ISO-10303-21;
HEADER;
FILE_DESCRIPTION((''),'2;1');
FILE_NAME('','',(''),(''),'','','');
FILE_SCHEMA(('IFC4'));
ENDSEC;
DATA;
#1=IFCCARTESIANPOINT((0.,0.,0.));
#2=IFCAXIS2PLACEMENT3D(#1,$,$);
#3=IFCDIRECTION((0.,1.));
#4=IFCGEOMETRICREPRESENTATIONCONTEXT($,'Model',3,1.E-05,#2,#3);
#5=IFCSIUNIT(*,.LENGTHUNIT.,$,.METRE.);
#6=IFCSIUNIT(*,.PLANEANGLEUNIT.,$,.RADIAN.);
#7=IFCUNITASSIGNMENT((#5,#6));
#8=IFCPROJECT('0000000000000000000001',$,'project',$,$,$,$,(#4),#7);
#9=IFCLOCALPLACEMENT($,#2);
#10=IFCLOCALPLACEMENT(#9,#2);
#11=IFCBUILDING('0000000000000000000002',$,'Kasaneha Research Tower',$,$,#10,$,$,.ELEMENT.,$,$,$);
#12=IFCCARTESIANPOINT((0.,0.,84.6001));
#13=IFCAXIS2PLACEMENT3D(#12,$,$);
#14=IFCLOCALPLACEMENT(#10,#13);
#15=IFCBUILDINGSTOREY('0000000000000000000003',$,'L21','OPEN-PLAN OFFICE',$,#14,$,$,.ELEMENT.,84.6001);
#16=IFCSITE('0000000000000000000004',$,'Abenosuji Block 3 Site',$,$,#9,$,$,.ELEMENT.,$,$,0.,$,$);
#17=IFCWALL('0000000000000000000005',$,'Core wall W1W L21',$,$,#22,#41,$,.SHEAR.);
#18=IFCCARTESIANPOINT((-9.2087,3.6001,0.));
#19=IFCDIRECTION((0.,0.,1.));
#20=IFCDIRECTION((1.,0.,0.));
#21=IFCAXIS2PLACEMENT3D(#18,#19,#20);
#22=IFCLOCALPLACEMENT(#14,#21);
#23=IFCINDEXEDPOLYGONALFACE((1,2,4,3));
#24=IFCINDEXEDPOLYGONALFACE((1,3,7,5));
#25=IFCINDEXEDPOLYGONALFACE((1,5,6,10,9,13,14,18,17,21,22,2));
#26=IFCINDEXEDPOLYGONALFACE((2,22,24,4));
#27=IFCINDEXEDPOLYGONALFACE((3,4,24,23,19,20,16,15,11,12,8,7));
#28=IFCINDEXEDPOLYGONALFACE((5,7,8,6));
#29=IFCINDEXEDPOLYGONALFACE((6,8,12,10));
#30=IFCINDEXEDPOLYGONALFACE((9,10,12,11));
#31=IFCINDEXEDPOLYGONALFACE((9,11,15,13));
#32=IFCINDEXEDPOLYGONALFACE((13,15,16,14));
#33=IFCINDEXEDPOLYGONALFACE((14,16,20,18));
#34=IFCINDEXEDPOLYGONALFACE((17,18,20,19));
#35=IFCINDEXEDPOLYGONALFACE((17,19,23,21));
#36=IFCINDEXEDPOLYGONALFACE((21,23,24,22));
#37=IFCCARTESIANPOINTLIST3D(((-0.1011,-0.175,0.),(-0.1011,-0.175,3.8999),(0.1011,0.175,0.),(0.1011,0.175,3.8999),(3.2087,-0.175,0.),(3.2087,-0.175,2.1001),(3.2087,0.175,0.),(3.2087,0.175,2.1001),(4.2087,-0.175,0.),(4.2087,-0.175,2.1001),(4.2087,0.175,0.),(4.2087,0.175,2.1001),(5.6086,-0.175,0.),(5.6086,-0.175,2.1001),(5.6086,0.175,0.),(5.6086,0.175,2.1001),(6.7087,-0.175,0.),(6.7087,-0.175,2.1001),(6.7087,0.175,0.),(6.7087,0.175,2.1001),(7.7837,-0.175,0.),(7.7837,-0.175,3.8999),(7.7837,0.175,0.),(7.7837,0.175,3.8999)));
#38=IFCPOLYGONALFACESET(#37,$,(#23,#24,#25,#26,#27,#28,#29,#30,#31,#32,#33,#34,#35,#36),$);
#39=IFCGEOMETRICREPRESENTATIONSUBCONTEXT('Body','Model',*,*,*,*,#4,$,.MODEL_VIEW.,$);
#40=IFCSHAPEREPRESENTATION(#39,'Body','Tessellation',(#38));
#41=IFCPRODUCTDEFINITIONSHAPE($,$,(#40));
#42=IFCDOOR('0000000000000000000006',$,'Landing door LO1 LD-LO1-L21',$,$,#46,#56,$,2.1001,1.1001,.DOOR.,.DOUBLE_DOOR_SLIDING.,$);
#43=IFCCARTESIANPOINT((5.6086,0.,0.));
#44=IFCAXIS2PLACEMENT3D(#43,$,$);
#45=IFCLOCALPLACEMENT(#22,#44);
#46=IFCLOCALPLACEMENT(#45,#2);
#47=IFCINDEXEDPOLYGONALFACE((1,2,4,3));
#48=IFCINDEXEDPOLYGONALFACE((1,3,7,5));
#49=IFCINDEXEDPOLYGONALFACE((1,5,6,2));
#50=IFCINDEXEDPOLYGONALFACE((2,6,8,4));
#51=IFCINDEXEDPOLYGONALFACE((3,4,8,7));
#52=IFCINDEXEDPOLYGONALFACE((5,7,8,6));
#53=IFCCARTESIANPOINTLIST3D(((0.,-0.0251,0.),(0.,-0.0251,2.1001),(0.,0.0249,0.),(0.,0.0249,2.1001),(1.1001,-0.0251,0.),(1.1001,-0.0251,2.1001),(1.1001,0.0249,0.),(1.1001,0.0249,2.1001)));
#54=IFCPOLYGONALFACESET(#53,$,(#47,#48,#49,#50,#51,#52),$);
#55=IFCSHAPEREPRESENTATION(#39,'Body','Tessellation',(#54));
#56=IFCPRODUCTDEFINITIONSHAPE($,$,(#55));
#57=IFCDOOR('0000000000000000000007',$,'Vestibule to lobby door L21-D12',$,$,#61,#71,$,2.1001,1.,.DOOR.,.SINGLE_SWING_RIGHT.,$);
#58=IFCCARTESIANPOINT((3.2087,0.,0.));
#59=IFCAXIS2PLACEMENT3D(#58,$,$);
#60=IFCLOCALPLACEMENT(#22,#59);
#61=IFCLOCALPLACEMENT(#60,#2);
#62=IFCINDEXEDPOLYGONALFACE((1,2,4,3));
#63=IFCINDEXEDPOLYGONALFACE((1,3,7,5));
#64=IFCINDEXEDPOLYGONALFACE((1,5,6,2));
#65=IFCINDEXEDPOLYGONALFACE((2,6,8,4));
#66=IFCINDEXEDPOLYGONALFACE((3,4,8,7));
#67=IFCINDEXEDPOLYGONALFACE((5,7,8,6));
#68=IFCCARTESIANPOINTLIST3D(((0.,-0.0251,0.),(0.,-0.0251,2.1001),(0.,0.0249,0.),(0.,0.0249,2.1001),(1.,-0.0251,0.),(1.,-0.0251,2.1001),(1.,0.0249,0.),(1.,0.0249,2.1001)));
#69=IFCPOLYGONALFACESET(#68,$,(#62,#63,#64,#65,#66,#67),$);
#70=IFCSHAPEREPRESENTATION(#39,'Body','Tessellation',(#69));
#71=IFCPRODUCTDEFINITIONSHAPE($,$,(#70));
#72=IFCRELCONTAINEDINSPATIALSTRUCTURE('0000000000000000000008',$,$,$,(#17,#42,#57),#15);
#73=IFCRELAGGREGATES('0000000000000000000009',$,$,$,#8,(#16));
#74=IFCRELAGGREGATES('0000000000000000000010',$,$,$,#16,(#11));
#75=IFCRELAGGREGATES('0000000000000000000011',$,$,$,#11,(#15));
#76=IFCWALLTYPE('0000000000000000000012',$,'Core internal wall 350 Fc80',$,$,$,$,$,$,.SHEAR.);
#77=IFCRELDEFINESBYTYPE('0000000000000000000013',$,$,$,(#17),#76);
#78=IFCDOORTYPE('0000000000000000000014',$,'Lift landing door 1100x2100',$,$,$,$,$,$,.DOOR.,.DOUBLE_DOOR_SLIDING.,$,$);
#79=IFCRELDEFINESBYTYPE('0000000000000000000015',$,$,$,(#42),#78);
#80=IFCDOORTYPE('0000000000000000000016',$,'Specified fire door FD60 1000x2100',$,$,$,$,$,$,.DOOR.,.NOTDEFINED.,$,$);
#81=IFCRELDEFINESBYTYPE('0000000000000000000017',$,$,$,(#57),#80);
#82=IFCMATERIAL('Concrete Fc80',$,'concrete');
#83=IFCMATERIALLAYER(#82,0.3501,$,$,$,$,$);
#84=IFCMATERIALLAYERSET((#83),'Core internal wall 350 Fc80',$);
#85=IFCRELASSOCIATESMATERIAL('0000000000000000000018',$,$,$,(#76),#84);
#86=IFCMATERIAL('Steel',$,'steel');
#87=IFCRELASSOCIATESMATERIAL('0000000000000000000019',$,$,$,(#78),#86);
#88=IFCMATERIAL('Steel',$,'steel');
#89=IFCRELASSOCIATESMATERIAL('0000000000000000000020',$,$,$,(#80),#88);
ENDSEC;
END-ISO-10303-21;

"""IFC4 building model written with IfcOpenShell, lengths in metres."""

from ifc_helpers import new_model, si_unit, direction, frame, frame_2d, origin, place, context, subcontext, project, spatial, polyline, rectangle, outline, extrude, material, layer, layer_set, type_object, element, fill, save


model = new_model("IFC4")

# Units and contexts
model_context = context("Model", 3, precision=1e-05, world=origin(), true_north=direction((0.0, 1.0)))
body_context = subcontext(model_context, "Body", "Model", "MODEL_VIEW")
ifc_project = project(units=[si_unit("LENGTHUNIT", "METRE"), si_unit("PLANEANGLEUNIT", "RADIAN")], contexts=[model_context])

# Site, building, storey
site_placement = place(None, origin())
site = spatial("IfcSite", under=ifc_project, at=site_placement, Name="Abenosuji Block 3 Site", CompositionType="ELEMENT", RefElevation=0.0)
building_placement = place(site_placement, origin())
building = spatial("IfcBuilding", under=site, at=building_placement, Name="Kasaneha Research Tower", CompositionType="ELEMENT")
storey_placement = place(building_placement, frame((0.0, 0.0, 84.6001)))
storey = spatial("IfcBuildingStorey", under=building, at=storey_placement, Name="L21", Description="OPEN-PLAN OFFICE", CompositionType="ELEMENT", Elevation=84.6001)

# Wall, openings, doors
ifc_material_1 = material(Name="Concrete Fc80", Category="concrete")
ifc_layer_1 = layer(ifc_material_1, 0.3501)
ifc_layer_set_1 = layer_set([ifc_layer_1], Name="Core internal wall 350 Fc80")
wall_type_1 = type_object("IfcWallType", Name="Core internal wall 350 Fc80", PredefinedType="SHEAR", material=ifc_layer_set_1)
wall_1_placement = place(storey_placement, frame((-9.2087, 3.6001, 0.0), z_axis=(0.0, 0.0, 1.0), x_axis=(1.0, 0.0, 0.0)))
wall_1 = element("IfcWall", 1, at=wall_1_placement, inside=storey, type_object=wall_type_1, Name="Core wall W1W L21", PredefinedType="SHEAR", context=body_context, shape_type="SweptSolid", body=[
    extrude(outline(polyline([(-0.1011, -0.175), (3.2087, -0.175), (4.2087, -0.175), (5.6086, -0.175), (6.7087, -0.175), (7.7837, -0.175), (7.7837, 0.175), (6.7087, 0.175), (5.6086, 0.175), (4.2087, 0.175), (3.2087, 0.175), (0.1011, 0.175), (-0.1011, -0.175)])), origin(), (0.0, 0.0, 1.0), 3.8999),
])
opening_1_placement = place(wall_1_placement, frame((3.2087, 0.0, 0.0)))
opening_1 = element("IfcOpeningElement", 2, at=opening_1_placement, cuts=wall_1, PredefinedType="OPENING", context=body_context, shape_type="SweptSolid", body=[
    extrude(rectangle(XDim=1.0, YDim=2.1001, at=frame_2d((0.5, 1.05))), frame((0.0, 0.1851, 0.0), z_axis=(0.0, -1.0, 0.0), x_axis=(1.0, 0.0, 0.0)), (0.0, 0.0, 1.0), 0.3701),
])
opening_2_placement = place(wall_1_placement, frame((5.6086, 0.0, 0.0)))
opening_2 = element("IfcOpeningElement", 3, at=opening_2_placement, cuts=wall_1, PredefinedType="OPENING", context=body_context, shape_type="SweptSolid", body=[
    extrude(rectangle(XDim=1.1001, YDim=2.1001, at=frame_2d((0.55, 1.05))), frame((0.0, 0.1851, 0.0), z_axis=(0.0, -1.0, 0.0), x_axis=(1.0, 0.0, 0.0)), (0.0, 0.0, 1.0), 0.3701),
])
ifc_material_2 = material(Name="Steel", Category="steel")
door_type_1 = type_object("IfcDoorType", Name="Lift landing door 1100x2100", OperationType="DOUBLE_DOOR_SLIDING", PredefinedType="DOOR", material=ifc_material_2)
door_1_placement = place(opening_2_placement, origin())
door_1 = element("IfcDoor", 4, at=door_1_placement, inside=storey, type_object=door_type_1, Name="Landing door LO1 LD-LO1-L21", OperationType="DOUBLE_DOOR_SLIDING", OverallHeight=2.1001, OverallWidth=1.1001, PredefinedType="DOOR", context=body_context, shape_type="SweptSolid", body=[
    extrude(rectangle(XDim=1.1001, YDim=2.1001, at=frame_2d((0.55, 1.05))), frame((0.0, 0.0249, 0.0), z_axis=(0.0, -1.0, 0.0), x_axis=(1.0, 0.0, 0.0)), (0.0, 0.0, 1.0), 0.05),
])
fill(opening_2, door_1)
ifc_material_3 = material(Name="Steel", Category="steel")
door_type_2 = type_object("IfcDoorType", Name="Specified fire door FD60 1000x2100", OperationType="NOTDEFINED", PredefinedType="DOOR", material=ifc_material_3)
door_2_placement = place(opening_1_placement, origin())
door_2 = element("IfcDoor", 5, at=door_2_placement, inside=storey, type_object=door_type_2, Name="Vestibule to lobby door L21-D12", OperationType="SINGLE_SWING_RIGHT", OverallHeight=2.1001, OverallWidth=1.0, PredefinedType="DOOR", context=body_context, shape_type="SweptSolid", body=[
    extrude(rectangle(XDim=1.0, YDim=2.1001, at=frame_2d((0.5, 1.05))), frame((0.0, 0.0249, 0.0), z_axis=(0.0, -1.0, 0.0), x_axis=(1.0, 0.0, 0.0)), (0.0, 0.0, 1.0), 0.05),
])
fill(opening_1, door_2)

save(model, "model.ifc")
